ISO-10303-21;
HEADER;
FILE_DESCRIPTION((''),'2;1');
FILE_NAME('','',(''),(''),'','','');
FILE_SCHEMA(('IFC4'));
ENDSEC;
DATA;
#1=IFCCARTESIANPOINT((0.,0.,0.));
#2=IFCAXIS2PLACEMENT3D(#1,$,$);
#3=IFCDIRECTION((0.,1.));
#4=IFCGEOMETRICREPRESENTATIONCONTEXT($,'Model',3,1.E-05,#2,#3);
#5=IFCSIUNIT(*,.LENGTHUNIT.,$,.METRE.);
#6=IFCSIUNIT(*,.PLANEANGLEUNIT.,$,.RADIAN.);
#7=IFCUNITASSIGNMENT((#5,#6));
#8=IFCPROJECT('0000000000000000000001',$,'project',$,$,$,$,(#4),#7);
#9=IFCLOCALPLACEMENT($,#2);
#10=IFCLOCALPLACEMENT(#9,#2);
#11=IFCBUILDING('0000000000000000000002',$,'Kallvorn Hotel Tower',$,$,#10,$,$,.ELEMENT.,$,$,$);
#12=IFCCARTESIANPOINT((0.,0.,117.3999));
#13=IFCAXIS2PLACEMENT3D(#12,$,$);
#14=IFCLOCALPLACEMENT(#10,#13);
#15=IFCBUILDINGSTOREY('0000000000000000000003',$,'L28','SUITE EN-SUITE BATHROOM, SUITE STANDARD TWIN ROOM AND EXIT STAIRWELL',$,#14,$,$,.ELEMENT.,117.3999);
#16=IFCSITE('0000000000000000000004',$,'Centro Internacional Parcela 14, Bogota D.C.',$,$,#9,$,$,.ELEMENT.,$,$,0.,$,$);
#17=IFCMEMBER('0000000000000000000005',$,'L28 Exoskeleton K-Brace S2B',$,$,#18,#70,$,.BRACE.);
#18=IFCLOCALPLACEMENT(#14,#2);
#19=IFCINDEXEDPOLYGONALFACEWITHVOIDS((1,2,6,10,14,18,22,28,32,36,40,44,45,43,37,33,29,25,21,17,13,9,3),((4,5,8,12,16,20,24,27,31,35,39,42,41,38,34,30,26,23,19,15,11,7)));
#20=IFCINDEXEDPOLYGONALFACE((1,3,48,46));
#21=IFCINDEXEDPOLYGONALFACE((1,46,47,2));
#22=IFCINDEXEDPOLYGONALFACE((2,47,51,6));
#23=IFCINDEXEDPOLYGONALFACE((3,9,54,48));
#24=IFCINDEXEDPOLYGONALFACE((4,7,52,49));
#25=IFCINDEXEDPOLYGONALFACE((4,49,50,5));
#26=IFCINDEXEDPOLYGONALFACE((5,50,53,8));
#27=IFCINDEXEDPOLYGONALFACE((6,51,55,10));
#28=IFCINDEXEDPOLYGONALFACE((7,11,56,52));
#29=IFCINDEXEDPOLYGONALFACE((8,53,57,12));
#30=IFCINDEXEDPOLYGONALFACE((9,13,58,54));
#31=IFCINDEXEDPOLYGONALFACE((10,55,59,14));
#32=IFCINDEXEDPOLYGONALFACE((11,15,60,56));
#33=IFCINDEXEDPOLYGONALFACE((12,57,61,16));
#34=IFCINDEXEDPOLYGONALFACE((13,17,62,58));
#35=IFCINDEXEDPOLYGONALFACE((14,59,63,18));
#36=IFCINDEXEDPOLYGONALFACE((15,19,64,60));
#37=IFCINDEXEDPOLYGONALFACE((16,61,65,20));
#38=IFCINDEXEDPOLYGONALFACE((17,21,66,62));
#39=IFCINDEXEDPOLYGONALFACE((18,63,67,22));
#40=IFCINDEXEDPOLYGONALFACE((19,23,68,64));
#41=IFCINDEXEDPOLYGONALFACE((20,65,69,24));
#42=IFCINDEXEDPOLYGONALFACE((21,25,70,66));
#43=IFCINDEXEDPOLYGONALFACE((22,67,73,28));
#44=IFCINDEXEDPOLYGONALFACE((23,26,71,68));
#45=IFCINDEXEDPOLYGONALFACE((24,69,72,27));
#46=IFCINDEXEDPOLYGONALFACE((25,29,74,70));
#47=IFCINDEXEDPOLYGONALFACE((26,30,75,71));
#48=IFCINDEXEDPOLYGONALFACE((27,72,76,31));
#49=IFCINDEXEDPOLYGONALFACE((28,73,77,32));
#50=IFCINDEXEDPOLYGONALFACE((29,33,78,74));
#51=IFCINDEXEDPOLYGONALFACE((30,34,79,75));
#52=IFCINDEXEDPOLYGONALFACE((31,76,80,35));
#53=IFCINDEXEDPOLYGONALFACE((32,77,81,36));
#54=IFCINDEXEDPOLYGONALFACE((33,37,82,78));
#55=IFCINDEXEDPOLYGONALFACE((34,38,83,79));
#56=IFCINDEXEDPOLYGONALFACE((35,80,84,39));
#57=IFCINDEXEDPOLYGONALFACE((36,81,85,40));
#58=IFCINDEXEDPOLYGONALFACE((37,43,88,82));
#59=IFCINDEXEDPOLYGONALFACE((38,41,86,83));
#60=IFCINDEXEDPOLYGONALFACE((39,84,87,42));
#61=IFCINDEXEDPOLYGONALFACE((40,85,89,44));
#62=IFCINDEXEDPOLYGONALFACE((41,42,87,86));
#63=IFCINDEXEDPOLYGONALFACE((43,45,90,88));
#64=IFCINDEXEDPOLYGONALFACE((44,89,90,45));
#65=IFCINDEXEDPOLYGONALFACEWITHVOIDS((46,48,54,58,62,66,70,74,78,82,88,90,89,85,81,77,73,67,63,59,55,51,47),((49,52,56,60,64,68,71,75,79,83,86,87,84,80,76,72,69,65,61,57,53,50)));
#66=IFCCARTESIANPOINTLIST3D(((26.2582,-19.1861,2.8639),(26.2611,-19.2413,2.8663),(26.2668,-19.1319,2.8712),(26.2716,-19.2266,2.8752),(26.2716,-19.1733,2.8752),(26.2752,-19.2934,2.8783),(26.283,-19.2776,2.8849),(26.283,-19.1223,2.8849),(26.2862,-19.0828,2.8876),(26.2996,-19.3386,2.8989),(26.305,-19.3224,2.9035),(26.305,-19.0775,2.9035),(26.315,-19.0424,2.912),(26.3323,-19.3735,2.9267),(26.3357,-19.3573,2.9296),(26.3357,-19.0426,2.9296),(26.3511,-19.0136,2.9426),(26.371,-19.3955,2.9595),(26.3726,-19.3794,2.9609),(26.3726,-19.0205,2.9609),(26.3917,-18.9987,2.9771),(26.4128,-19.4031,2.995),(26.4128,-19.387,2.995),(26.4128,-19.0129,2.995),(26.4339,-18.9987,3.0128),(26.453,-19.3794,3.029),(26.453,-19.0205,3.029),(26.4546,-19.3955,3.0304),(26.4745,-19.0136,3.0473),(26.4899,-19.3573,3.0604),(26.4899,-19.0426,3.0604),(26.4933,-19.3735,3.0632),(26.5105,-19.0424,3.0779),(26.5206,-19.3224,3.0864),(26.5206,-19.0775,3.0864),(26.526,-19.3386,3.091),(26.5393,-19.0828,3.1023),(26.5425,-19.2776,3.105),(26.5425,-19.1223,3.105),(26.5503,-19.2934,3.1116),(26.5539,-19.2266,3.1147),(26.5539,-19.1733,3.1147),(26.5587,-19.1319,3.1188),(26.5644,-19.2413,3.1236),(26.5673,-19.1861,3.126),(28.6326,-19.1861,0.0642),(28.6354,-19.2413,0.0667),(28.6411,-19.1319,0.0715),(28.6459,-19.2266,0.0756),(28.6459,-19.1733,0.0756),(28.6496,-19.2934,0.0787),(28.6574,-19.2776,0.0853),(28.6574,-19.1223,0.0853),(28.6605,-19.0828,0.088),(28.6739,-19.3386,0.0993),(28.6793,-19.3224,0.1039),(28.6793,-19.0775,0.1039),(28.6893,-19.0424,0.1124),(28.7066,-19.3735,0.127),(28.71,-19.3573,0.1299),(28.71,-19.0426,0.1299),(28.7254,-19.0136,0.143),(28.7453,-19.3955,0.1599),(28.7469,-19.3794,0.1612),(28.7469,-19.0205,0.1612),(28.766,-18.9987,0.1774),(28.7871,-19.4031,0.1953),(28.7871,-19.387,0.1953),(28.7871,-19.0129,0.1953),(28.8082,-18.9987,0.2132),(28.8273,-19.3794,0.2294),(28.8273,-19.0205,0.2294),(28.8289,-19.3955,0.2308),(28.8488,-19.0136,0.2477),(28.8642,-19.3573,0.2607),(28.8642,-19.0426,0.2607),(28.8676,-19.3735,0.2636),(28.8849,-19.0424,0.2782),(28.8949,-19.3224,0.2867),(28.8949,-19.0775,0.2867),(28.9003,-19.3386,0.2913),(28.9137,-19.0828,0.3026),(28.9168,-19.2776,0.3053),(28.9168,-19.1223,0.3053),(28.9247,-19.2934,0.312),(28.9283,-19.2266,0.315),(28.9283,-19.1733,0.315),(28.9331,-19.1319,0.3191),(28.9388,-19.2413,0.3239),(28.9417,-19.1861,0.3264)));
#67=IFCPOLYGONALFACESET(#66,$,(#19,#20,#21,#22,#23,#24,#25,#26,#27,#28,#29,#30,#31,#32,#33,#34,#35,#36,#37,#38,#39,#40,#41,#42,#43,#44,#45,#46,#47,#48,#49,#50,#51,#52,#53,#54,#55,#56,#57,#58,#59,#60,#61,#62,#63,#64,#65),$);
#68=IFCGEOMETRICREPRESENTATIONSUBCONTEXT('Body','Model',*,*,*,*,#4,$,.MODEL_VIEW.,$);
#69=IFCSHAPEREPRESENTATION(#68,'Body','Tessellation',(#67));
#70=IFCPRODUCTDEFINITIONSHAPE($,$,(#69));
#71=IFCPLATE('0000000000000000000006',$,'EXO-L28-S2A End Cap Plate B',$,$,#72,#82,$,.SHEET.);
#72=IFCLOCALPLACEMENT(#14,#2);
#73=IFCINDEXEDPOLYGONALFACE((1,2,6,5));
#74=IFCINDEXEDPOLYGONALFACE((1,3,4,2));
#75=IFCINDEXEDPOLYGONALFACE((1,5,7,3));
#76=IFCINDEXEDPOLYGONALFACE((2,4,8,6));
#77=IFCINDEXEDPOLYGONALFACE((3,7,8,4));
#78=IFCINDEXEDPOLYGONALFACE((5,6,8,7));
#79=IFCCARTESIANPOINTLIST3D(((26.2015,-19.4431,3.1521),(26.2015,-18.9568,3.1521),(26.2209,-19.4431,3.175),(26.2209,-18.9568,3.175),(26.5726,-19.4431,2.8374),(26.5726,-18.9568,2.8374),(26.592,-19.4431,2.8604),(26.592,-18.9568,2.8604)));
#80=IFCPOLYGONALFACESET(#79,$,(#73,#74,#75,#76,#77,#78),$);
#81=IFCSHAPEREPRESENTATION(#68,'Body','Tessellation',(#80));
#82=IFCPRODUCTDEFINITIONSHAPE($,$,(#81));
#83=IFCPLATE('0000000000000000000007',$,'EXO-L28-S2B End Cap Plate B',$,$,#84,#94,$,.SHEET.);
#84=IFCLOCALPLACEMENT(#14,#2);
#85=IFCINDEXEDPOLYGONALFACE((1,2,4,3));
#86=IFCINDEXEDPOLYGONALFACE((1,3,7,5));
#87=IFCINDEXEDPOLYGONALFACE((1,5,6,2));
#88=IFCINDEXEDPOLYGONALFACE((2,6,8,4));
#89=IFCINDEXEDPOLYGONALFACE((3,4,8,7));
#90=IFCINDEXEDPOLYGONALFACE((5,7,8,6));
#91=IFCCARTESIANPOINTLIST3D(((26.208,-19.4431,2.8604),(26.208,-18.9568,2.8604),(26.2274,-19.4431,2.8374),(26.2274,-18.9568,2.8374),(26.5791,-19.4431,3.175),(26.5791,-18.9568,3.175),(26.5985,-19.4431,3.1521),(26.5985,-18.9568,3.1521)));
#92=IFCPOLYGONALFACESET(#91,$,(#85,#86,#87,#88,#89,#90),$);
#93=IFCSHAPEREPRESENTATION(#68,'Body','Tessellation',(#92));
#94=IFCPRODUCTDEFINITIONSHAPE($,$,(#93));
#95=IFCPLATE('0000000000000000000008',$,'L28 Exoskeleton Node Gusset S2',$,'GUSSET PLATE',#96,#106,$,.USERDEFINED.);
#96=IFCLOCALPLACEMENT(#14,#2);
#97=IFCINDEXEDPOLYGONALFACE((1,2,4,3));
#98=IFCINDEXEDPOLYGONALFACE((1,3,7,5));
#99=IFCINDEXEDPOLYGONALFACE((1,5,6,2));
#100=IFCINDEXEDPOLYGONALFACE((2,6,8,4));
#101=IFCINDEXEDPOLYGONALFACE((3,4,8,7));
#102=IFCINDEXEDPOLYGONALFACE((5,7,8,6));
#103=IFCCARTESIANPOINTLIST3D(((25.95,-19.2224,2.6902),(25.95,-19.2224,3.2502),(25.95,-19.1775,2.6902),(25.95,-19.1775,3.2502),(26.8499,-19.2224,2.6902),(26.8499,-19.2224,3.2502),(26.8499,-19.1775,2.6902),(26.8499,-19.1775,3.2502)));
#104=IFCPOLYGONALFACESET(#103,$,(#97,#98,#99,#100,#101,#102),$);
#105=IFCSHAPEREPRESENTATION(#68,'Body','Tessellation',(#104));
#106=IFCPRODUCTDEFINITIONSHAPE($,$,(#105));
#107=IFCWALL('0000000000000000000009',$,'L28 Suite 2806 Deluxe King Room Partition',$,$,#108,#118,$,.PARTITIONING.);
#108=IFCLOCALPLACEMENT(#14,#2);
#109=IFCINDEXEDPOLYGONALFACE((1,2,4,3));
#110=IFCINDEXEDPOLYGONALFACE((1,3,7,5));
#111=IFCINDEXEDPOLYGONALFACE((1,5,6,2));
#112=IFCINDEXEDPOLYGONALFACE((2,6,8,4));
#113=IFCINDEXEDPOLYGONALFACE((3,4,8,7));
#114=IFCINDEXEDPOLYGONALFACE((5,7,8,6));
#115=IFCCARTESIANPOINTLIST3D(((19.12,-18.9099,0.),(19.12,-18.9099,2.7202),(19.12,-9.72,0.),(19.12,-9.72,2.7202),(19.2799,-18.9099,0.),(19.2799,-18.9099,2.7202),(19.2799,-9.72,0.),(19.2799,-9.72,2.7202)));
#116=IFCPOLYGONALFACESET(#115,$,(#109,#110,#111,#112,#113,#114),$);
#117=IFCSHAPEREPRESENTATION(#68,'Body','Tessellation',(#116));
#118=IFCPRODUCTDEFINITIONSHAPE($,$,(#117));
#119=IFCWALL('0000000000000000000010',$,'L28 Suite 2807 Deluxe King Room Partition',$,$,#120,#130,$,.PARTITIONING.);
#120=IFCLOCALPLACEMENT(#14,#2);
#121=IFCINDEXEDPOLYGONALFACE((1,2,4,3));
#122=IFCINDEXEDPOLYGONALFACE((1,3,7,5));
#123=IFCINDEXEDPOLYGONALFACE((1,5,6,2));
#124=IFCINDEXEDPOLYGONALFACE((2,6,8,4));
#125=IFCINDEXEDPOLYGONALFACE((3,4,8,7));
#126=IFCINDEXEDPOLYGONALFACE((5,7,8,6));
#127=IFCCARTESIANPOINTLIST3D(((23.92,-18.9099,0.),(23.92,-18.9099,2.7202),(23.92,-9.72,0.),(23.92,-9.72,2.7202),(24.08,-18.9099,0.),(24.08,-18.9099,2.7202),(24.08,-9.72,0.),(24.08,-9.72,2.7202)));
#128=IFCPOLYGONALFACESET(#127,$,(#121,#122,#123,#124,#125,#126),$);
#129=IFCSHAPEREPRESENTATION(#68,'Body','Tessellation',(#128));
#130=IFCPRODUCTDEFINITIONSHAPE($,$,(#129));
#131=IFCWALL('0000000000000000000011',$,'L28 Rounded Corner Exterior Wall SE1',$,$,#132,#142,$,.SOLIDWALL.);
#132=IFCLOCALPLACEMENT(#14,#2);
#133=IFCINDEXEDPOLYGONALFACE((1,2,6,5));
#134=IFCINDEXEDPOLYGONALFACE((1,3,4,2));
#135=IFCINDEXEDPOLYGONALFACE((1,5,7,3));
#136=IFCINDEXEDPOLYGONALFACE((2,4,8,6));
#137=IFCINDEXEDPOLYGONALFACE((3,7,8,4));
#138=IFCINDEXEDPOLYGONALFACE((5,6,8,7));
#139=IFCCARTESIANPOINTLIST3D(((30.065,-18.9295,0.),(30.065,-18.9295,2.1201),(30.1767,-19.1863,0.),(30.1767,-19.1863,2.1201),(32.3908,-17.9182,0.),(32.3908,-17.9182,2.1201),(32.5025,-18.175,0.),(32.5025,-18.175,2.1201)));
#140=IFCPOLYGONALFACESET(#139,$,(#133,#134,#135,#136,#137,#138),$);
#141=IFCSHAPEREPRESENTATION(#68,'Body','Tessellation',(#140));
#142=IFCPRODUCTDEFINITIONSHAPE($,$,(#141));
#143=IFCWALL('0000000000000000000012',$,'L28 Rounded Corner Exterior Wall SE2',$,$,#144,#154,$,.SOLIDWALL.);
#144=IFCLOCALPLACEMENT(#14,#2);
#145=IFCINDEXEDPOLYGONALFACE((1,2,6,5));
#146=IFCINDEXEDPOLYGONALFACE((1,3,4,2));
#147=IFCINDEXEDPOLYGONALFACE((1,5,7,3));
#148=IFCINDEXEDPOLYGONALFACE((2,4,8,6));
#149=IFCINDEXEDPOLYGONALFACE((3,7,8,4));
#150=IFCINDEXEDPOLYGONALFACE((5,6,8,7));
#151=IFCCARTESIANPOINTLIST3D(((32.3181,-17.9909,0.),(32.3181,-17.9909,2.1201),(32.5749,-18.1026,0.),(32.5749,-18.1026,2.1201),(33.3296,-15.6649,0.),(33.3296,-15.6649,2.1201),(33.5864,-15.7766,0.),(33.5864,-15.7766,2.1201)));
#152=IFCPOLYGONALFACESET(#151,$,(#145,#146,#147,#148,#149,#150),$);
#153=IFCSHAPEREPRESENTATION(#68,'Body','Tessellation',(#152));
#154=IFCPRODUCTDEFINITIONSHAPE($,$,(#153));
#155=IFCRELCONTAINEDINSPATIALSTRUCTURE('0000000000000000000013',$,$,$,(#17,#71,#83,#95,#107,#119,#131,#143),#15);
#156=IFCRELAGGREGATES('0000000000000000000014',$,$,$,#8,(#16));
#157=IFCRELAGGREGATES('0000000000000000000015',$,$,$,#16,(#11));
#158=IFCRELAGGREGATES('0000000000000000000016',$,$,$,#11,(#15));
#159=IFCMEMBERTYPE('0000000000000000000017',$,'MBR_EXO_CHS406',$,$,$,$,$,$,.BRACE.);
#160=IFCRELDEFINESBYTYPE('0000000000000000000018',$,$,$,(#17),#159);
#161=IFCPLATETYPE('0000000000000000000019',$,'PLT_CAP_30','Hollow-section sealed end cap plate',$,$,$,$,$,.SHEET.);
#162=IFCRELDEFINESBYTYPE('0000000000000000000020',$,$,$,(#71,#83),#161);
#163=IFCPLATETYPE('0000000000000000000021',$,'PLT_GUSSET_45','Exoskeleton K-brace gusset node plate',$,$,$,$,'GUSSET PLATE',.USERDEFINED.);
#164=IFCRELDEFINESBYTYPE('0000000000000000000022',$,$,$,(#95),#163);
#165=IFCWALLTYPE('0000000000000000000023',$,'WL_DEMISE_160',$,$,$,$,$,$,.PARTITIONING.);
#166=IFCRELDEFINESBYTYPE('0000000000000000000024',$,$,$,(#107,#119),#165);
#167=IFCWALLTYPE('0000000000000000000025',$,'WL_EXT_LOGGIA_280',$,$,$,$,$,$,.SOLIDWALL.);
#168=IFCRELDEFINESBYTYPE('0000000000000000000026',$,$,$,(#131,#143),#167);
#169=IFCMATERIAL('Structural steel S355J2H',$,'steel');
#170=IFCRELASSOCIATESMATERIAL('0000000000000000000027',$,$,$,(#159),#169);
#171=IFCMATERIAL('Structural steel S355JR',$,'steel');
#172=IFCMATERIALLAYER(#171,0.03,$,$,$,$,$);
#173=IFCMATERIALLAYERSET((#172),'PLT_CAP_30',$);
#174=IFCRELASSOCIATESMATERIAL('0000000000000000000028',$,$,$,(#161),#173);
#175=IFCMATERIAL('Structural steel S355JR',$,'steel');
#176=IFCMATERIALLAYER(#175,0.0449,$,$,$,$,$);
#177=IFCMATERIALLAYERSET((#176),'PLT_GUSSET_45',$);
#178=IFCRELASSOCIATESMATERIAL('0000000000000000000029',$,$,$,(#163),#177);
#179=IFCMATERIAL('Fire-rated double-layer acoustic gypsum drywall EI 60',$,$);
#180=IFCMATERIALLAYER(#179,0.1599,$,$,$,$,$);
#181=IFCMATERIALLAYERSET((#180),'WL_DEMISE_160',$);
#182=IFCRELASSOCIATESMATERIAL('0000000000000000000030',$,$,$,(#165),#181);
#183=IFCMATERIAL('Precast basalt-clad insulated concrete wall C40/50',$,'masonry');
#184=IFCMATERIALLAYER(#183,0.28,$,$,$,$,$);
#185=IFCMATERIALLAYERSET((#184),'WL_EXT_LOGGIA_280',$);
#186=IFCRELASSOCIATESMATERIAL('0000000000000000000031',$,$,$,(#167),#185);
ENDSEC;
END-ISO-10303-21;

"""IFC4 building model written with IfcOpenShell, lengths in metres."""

from ifc_helpers import new_model, si_unit, direction, frame, frame_2d, origin, origin_2d, place, context, subcontext, project, spatial, polyline, rectangle, hollow_circle, outline, extrude, material, layer, layer_set, material_profile, profile_set, type_object, element, save


model = new_model("IFC4")

# Units and contexts
model_context = context("Model", 3, precision=1e-05, world=origin(), true_north=direction((0.0, 1.0)))
body_context = subcontext(model_context, "Body", "Model", "MODEL_VIEW")
ifc_project = project(units=[si_unit("LENGTHUNIT", "METRE"), si_unit("PLANEANGLEUNIT", "RADIAN")], contexts=[model_context])

# Site, building, storey
site_placement = place(None, origin())
site = spatial("IfcSite", under=ifc_project, at=site_placement, Name="Centro Internacional Parcela 14, Bogota D.C.", CompositionType="ELEMENT", RefElevation=0.0)
building_placement = place(site_placement, origin())
building = spatial("IfcBuilding", under=site, at=building_placement, Name="Kallvorn Hotel Tower", CompositionType="ELEMENT")
storey_placement = place(building_placement, frame((0.0, 0.0, 117.3999)))
storey = spatial("IfcBuildingStorey", under=building, at=storey_placement, Name="L28", Description="SUITE EN-SUITE BATHROOM, SUITE STANDARD TWIN ROOM AND EXIT STAIRWELL", CompositionType="ELEMENT", Elevation=117.3999)

# Member
ifc_material_1 = material(Name="Structural steel S355J2H", Category="steel")
ifc_material_profile_1 = material_profile(ifc_material_1, hollow_circle(Radius=0.2031, WallThickness=0.0161, at=origin_2d()), Name="CHS 406.4x16")
ifc_profile_set_1 = profile_set([ifc_material_profile_1], Name="Structural steel S355J2H")
member_type = type_object("IfcMemberType", Name="MBR_EXO_CHS406", PredefinedType="BRACE", material=ifc_profile_set_1)
for number, where, z_axis, x_axis, name in (
    (1, (28.7871, -19.2, 0.1953), (-0.6468, 0.0, 0.762659), (0.0, -1.0, 0.0), "L28 Exoskeleton K-Brace S2B"),
):
    element("IfcMember", number, at=place(storey_placement, frame(where, z_axis=z_axis, x_axis=x_axis)), inside=storey, type_object=member_type, Name=name, PredefinedType="BRACE", context=body_context, shape_type="SweptSolid", body=[
        extrude(hollow_circle(Radius=0.2031, WallThickness=0.0161, at=origin_2d()), origin(), (0.0, 0.0, 1.0), 3.6709),
    ])

# Plates
ifc_material_2 = material(Name="Structural steel S355JR", Category="steel")
ifc_layer_1 = layer(ifc_material_2, 0.03)
ifc_layer_set_1 = layer_set([ifc_layer_1], Name="PLT_CAP_30")
plate_type_1 = type_object("IfcPlateType", Name="PLT_CAP_30", Description="Hollow-section sealed end cap plate", PredefinedType="SHEET", material=ifc_layer_set_1)
for number, where, z_axis, x_axis, name in (
    (2, (26.592, -19.4431, 2.8604), (0.646774, 0.0, 0.762682), (0.0, 1.0, 0.0), "EXO-L28-S2A End Cap Plate B"),
    (3, (26.208, -18.9568, 2.8604), (-0.646774, 0.0, 0.762682), (0.0, -1.0, 0.0), "EXO-L28-S2B End Cap Plate B"),
):
    element("IfcPlate", number, at=place(storey_placement, frame(where, z_axis=z_axis, x_axis=x_axis)), inside=storey, type_object=plate_type_1, Name=name, PredefinedType="SHEET", context=body_context, shape_type="SweptSolid", body=[
        extrude(outline(polyline([(0.0, 0.0), (0.4863, 0.0), (0.4863, 0.4866), (0.0, 0.4866), (0.0, 0.0)])), origin(), (0.0, 0.0, -1.0), 0.03),
    ])
ifc_material_3 = material(Name="Structural steel S355JR", Category="steel")
ifc_layer_2 = layer(ifc_material_3, 0.0449)
ifc_layer_set_2 = layer_set([ifc_layer_2], Name="PLT_GUSSET_45")
plate_type_2 = type_object("IfcPlateType", Name="PLT_GUSSET_45", Description="Exoskeleton K-brace gusset node plate", ElementType="GUSSET PLATE", PredefinedType="USERDEFINED", material=ifc_layer_set_2)
plate_placement = place(storey_placement, frame((26.3999, -19.2, 2.6902), z_axis=(0.0, 0.0, 1.0), x_axis=(1.0, 0.0, 0.0)))
element("IfcPlate", 4, at=plate_placement, inside=storey, type_object=plate_type_2, Name="L28 Exoskeleton Node Gusset S2", ObjectType="GUSSET PLATE", PredefinedType="USERDEFINED", context=body_context, shape_type="SweptSolid", body=[
    extrude(rectangle(XDim=0.8999, YDim=0.0449, at=origin_2d()), origin(), (0.0, 0.0, 1.0), 0.5601),
])

# Walls
ifc_material_4 = material(Name="Fire-rated double-layer acoustic gypsum drywall EI 60")
ifc_layer_3 = layer(ifc_material_4, 0.1599)
ifc_layer_set_3 = layer_set([ifc_layer_3], Name="WL_DEMISE_160")
wall_type_1 = type_object("IfcWallType", Name="WL_DEMISE_160", PredefinedType="PARTITIONING", material=ifc_layer_set_3)
for number, where, z_axis, x_axis, name in (
    (5, (19.2, -18.9099, 0.0), (0.0, 0.0, 1.0), (0.0, 1.0, 0.0), "L28 Suite 2806 Deluxe King Room Partition"),
    (6, (24.0, -18.9099, 0.0), (0.0, 0.0, 1.0), (0.0, 1.0, 0.0), "L28 Suite 2807 Deluxe King Room Partition"),
):
    element("IfcWall", number, at=place(storey_placement, frame(where, z_axis=z_axis, x_axis=x_axis)), inside=storey, type_object=wall_type_1, Name=name, PredefinedType="PARTITIONING", context=body_context, shape_type="SweptSolid", body=[
        extrude(rectangle(XDim=9.1899, YDim=0.1599, at=frame_2d((4.595, 0.0))), origin(), (0.0, 0.0, 1.0), 2.7202),
    ])
ifc_material_5 = material(Name="Precast basalt-clad insulated concrete wall C40/50", Category="masonry")
ifc_layer_4 = layer(ifc_material_5, 0.28)
ifc_layer_set_4 = layer_set([ifc_layer_4], Name="WL_EXT_LOGGIA_280")
wall_type_2 = type_object("IfcWallType", Name="WL_EXT_LOGGIA_280", PredefinedType="SOLIDWALL", material=ifc_layer_set_4)
wall_1_placement = place(storey_placement, frame((30.1208, -19.0579, 0.0), z_axis=(0.0, 0.0, 1.0), x_axis=(0.917061, 0.398747, 0.0)))
element("IfcWall", 7, at=wall_1_placement, inside=storey, type_object=wall_type_2, Name="L28 Rounded Corner Exterior Wall SE1", PredefinedType="SOLIDWALL", context=body_context, shape_type="SweptSolid", body=[
    extrude(rectangle(XDim=2.5361, YDim=0.28, at=frame_2d((1.2681, 0.0))), origin(), (0.0, 0.0, 1.0), 2.1201),
])
wall_2_placement = place(storey_placement, frame((32.4465, -18.0466, 0.0), z_axis=(0.0, 0.0, 1.0), x_axis=(0.398793, 0.917041, 0.0)))
element("IfcWall", 8, at=wall_2_placement, inside=storey, type_object=wall_type_2, Name="L28 Rounded Corner Exterior Wall SE2", PredefinedType="SOLIDWALL", context=body_context, shape_type="SweptSolid", body=[
    extrude(rectangle(XDim=2.5364, YDim=0.28, at=frame_2d((1.2681, 0.0))), origin(), (0.0, 0.0, 1.0), 2.1201),
])

save(model, "model.ifc")
